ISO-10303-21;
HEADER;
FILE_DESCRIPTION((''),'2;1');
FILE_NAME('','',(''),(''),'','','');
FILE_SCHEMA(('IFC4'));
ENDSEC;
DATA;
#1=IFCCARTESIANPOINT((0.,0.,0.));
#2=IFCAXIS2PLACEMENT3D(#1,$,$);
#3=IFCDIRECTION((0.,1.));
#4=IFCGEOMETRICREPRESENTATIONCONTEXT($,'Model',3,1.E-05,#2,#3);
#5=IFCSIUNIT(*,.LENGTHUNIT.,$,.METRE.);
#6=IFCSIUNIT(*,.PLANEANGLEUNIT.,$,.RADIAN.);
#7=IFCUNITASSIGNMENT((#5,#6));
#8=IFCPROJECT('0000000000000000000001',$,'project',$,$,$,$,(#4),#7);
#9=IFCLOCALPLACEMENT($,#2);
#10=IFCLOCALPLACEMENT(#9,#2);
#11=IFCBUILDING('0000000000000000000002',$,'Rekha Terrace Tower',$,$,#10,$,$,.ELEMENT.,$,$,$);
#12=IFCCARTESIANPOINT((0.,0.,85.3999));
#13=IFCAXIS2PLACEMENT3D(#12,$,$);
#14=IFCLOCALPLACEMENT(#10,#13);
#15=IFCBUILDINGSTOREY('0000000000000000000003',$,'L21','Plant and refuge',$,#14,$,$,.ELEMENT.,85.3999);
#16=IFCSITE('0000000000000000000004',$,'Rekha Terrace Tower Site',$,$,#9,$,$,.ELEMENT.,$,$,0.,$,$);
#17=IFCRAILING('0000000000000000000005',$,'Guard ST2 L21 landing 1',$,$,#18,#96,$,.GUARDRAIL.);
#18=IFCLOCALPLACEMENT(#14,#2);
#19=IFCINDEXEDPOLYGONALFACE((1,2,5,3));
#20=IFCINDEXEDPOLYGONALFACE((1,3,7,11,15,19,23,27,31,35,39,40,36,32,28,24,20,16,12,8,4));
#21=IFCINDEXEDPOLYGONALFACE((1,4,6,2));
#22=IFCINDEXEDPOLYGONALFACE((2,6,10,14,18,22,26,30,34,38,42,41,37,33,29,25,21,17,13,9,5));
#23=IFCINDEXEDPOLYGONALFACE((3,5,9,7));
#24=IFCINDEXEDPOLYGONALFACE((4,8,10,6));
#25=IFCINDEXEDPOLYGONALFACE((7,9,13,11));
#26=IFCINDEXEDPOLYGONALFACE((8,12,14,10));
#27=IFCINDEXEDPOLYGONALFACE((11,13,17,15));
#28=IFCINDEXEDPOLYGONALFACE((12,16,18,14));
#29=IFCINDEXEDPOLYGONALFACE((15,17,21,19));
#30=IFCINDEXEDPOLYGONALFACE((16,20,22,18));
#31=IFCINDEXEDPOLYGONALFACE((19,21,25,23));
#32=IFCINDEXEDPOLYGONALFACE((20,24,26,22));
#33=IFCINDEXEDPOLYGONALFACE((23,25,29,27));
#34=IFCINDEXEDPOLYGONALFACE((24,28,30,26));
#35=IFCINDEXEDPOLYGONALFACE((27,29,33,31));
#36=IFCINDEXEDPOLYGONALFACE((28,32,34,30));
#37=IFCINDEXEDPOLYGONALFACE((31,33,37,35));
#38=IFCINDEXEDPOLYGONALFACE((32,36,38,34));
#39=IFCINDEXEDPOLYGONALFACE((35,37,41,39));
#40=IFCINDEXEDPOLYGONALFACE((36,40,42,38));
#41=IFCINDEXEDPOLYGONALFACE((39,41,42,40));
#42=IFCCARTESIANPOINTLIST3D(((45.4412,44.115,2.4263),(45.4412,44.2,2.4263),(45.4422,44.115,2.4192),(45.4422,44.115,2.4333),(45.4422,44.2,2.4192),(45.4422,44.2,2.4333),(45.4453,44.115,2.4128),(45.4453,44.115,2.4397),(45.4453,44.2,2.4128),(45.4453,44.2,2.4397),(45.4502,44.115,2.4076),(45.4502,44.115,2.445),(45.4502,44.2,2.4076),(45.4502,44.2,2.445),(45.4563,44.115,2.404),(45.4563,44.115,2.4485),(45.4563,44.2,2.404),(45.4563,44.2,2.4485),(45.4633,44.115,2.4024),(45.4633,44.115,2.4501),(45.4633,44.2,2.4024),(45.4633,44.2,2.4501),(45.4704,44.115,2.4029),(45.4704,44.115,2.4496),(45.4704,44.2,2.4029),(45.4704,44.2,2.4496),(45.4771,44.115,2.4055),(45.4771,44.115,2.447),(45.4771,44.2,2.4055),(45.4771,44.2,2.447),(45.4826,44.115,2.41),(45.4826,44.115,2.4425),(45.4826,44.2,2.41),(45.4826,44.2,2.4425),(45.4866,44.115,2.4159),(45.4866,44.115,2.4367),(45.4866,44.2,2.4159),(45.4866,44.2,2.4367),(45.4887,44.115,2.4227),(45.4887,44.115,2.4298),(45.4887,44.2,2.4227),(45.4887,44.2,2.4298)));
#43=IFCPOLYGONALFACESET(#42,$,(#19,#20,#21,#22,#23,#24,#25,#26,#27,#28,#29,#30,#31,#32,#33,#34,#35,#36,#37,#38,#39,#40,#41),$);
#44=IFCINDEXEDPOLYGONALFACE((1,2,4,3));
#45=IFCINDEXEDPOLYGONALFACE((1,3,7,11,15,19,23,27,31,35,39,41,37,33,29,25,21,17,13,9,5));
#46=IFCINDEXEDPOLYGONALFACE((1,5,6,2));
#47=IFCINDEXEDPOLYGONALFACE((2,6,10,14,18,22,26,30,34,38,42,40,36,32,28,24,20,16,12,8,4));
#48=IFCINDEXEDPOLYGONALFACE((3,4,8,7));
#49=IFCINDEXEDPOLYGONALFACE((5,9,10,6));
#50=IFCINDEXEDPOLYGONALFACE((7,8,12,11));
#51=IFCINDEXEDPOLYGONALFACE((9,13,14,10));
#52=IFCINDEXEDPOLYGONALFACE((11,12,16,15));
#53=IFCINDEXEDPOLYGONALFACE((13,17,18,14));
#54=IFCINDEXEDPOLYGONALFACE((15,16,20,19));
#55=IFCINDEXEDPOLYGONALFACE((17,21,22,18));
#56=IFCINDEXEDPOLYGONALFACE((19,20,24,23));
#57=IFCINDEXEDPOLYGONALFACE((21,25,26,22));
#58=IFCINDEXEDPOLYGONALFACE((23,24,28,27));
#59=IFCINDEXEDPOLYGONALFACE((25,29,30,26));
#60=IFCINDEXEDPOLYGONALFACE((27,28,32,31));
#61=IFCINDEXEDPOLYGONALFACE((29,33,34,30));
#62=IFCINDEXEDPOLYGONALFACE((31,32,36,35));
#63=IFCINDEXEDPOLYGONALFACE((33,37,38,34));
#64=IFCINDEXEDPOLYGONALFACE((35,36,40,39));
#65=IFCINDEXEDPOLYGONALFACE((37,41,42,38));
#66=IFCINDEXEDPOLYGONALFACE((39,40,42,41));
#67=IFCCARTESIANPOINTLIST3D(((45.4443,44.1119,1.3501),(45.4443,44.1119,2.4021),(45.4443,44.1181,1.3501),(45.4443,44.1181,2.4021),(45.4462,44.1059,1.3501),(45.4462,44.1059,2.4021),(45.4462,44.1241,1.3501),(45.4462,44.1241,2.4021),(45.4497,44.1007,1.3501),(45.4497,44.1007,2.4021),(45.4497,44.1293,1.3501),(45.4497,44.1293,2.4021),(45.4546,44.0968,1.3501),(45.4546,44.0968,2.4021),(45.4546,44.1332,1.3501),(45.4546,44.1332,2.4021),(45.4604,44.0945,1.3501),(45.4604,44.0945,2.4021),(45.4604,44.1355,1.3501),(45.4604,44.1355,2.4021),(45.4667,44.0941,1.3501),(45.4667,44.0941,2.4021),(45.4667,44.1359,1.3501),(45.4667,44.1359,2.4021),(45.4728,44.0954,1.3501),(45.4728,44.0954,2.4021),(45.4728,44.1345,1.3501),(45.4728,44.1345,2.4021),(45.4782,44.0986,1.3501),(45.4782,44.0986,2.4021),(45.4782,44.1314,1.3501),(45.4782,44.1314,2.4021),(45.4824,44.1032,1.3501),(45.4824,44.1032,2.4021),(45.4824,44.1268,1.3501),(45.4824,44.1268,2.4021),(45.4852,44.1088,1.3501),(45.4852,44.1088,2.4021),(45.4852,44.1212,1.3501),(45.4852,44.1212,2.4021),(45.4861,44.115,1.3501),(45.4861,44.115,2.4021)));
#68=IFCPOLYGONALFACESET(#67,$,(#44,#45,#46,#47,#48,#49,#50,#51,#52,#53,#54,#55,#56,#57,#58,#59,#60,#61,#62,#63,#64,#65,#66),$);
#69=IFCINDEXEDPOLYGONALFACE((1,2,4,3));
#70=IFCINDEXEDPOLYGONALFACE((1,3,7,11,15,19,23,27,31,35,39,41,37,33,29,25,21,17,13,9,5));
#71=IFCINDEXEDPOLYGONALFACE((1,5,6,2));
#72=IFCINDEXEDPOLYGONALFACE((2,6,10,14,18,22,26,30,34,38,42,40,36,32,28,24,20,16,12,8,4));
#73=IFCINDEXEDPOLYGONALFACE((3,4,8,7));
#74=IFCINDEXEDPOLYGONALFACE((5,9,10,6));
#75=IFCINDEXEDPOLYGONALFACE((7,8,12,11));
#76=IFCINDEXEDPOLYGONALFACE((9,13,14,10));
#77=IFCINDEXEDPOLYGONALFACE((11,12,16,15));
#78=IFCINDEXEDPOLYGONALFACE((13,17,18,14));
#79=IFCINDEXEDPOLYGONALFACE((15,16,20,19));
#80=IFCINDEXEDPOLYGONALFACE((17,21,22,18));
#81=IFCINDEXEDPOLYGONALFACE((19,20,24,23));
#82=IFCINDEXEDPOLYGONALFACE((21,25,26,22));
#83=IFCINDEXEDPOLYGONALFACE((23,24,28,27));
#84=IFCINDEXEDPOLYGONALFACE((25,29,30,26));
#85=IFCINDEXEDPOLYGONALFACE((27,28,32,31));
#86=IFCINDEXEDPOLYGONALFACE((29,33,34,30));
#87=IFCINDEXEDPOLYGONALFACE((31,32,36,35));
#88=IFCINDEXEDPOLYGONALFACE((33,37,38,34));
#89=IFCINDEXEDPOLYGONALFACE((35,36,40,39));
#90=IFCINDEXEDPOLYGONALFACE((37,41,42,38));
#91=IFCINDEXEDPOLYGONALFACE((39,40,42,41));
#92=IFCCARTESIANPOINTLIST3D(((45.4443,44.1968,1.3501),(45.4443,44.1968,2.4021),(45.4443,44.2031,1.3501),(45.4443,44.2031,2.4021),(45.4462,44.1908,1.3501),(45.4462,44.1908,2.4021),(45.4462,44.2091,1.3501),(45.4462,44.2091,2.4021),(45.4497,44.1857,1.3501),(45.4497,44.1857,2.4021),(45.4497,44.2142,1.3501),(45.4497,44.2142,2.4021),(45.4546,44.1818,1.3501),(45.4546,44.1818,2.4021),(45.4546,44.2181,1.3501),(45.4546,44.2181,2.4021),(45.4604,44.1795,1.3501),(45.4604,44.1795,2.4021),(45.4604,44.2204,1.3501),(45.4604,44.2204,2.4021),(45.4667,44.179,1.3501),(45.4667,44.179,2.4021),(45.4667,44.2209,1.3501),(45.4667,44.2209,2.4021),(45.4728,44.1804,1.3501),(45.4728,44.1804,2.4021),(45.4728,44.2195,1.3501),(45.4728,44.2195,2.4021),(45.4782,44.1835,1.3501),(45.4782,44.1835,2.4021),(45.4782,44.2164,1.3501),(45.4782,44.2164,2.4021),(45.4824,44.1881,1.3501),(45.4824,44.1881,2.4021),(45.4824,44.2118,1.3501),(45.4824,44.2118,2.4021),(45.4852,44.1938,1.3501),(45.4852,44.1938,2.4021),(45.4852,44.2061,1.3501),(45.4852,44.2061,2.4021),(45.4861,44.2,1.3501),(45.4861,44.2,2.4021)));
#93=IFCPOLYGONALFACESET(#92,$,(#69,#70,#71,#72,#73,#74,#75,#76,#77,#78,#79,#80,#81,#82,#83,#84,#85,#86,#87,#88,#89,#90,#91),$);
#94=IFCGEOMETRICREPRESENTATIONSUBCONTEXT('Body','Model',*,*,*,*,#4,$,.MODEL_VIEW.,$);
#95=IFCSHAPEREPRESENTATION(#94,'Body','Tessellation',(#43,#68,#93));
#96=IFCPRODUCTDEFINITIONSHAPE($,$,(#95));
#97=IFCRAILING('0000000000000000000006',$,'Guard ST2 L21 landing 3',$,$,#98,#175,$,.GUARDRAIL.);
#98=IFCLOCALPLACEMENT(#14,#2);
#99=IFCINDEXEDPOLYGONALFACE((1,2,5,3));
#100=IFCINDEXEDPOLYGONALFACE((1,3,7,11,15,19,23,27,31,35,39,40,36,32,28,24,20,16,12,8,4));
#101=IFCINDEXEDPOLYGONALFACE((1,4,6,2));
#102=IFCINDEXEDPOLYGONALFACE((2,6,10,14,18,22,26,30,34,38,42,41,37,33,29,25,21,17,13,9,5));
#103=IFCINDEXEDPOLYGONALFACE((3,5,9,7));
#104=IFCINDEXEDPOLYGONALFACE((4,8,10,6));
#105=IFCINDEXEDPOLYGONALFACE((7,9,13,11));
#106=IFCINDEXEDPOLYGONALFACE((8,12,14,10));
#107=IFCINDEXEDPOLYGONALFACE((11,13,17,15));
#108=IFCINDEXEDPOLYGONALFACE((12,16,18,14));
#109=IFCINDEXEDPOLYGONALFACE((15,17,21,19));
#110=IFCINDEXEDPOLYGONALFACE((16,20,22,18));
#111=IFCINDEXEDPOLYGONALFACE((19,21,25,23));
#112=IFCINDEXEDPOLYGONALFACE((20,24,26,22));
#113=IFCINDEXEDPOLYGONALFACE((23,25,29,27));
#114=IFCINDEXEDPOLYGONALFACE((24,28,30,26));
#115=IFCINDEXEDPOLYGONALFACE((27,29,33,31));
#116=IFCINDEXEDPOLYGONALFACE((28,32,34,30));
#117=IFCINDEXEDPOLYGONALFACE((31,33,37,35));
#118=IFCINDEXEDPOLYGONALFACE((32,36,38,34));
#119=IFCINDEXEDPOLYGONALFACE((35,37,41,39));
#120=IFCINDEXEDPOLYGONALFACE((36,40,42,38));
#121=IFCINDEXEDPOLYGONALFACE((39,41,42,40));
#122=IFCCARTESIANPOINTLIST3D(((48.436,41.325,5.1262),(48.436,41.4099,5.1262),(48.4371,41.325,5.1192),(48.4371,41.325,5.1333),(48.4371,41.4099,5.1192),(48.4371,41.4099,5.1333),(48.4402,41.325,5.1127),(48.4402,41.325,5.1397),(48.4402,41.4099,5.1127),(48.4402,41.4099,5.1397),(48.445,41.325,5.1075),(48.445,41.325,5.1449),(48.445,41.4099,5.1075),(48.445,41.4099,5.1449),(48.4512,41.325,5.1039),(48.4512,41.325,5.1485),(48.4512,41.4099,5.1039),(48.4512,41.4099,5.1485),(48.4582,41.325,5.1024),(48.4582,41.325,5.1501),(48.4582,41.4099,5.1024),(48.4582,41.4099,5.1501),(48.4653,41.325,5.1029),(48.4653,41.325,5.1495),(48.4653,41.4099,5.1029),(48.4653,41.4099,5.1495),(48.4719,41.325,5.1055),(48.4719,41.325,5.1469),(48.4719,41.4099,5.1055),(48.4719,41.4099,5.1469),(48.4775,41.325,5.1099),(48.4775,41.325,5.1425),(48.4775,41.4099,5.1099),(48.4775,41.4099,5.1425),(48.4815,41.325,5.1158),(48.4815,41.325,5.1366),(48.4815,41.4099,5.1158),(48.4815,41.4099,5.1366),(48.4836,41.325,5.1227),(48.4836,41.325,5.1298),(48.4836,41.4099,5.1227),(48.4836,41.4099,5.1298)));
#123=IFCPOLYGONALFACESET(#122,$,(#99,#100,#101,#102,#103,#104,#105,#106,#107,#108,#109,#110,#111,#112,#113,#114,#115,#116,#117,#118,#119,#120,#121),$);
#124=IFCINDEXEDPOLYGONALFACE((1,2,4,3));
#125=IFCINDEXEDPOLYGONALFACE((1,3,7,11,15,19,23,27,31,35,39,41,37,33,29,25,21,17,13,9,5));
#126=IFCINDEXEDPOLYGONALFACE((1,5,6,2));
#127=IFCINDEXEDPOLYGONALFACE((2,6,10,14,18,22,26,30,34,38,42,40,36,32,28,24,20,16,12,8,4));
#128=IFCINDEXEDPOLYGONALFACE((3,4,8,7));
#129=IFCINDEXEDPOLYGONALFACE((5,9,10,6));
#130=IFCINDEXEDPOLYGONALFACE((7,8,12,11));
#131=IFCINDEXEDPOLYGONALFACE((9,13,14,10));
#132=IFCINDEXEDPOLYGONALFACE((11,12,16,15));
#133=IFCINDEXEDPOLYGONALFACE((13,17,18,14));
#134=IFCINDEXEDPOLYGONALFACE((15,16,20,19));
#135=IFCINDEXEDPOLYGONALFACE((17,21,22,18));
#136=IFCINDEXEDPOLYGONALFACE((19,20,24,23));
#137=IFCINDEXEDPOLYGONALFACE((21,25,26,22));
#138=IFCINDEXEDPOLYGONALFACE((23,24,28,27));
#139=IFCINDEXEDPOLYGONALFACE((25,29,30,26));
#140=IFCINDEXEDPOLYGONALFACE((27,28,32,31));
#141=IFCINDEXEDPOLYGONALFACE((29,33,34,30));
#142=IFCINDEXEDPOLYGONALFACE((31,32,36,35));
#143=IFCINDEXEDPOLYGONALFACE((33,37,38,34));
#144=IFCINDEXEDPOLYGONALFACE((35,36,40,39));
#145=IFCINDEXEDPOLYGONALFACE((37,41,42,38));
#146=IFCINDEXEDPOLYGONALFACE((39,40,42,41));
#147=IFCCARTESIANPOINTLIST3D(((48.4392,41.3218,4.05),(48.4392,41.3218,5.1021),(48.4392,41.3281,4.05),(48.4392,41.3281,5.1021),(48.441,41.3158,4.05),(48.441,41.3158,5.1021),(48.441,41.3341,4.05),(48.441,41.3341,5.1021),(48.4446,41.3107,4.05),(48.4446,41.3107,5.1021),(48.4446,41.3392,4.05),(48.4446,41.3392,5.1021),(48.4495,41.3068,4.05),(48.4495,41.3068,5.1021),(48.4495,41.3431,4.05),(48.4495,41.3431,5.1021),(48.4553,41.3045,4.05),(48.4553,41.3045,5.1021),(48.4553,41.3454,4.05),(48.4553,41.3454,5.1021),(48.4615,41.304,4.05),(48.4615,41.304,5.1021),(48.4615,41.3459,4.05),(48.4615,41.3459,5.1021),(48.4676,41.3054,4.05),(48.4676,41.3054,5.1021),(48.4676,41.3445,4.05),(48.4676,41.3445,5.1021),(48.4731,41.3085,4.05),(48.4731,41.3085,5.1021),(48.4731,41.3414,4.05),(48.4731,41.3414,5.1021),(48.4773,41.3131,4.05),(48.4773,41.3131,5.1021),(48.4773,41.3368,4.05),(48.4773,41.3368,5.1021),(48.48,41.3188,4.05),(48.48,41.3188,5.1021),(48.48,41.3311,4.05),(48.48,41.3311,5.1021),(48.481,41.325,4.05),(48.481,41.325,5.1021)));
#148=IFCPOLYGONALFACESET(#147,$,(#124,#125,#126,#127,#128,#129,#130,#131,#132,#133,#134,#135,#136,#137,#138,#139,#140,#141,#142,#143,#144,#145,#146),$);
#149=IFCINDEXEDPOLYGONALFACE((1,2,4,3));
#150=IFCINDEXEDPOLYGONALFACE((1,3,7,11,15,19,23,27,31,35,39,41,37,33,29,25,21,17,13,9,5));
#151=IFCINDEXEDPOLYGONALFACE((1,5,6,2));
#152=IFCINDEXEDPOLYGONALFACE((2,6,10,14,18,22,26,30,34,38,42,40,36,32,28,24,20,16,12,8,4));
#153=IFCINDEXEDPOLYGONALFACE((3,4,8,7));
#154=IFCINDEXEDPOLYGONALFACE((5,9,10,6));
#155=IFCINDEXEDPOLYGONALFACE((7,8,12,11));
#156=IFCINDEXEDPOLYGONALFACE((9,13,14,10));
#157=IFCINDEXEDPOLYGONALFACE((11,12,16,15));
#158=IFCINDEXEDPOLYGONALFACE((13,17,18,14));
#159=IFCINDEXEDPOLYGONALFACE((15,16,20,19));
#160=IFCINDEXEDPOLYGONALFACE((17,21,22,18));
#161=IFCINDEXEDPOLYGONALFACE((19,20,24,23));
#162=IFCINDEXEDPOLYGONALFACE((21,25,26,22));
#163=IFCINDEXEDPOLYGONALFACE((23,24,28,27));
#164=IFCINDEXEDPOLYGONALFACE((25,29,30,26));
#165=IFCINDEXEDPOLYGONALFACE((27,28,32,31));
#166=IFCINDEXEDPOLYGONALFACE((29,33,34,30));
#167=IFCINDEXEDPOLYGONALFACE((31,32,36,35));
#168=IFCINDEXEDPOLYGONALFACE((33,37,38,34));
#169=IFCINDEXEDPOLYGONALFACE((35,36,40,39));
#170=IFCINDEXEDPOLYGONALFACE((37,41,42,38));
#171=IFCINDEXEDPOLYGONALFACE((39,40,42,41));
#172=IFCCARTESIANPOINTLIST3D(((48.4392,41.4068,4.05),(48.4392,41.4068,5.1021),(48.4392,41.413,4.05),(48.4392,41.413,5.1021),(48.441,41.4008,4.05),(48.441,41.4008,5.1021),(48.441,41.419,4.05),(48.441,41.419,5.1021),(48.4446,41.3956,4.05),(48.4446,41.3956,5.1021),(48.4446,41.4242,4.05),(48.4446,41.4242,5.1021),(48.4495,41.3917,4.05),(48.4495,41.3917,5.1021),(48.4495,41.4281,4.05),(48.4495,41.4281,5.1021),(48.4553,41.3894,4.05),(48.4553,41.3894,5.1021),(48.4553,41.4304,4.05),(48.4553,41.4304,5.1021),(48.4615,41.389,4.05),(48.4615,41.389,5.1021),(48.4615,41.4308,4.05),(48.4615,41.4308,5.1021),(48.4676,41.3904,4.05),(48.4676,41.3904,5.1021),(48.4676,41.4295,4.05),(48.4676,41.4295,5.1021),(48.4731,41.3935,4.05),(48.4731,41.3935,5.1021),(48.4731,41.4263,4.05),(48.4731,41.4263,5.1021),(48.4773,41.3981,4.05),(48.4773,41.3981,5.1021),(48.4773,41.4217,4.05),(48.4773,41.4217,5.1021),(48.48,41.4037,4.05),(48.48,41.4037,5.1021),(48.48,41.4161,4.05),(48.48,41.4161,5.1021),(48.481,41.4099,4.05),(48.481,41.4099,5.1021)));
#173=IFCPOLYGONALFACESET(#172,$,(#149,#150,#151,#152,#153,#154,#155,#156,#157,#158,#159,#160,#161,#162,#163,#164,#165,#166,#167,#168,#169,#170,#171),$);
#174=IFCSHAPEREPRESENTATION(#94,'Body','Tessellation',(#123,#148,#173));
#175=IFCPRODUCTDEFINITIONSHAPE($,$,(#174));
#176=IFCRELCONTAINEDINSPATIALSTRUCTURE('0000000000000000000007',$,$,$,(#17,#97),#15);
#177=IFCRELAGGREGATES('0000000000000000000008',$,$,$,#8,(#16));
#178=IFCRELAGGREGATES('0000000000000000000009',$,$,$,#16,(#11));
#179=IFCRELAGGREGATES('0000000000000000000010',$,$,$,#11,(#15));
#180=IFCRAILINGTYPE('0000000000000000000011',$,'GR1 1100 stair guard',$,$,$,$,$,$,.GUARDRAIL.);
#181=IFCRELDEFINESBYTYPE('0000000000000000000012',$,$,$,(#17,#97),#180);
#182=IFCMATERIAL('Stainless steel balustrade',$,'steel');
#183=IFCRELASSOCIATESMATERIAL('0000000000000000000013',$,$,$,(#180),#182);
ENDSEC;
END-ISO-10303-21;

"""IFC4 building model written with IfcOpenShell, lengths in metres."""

from ifc_helpers import new_model, si_unit, direction, frame, origin, origin_2d, place, context, subcontext, project, spatial, circle, extrude, material, type_object, element, save


model = new_model("IFC4")

# Units and contexts
model_context = context("Model", 3, precision=1e-05, world=origin(), true_north=direction((0.0, 1.0)))
body_context = subcontext(model_context, "Body", "Model", "MODEL_VIEW")
ifc_project = project(units=[si_unit("LENGTHUNIT", "METRE"), si_unit("PLANEANGLEUNIT", "RADIAN")], contexts=[model_context])

# Site, building, storey
site_placement = place(None, origin())
site = spatial("IfcSite", under=ifc_project, at=site_placement, Name="Rekha Terrace Tower Site", CompositionType="ELEMENT", RefElevation=0.0)
building_placement = place(site_placement, origin())
building = spatial("IfcBuilding", under=site, at=building_placement, Name="Rekha Terrace Tower", CompositionType="ELEMENT")
storey_placement = place(building_placement, frame((0.0, 0.0, 85.3999)))
storey = spatial("IfcBuildingStorey", under=building, at=storey_placement, Name="L21", Description="Plant and refuge", CompositionType="ELEMENT", Elevation=85.3999)

# Railings
ifc_material_1 = material(Name="Stainless steel balustrade", Category="steel")
railing_type_1 = type_object("IfcRailingType", Name="GR1 1100 stair guard", PredefinedType="GUARDRAIL", material=ifc_material_1)
for number, where, name in (
    (1, (45.4651, 44.115, 1.3501), "Guard ST2 L21 landing 1"),
    (2, (48.46, 41.325, 4.05), "Guard ST2 L21 landing 3"),
):
    element("IfcRailing", number, at=place(storey_placement, frame(where)), inside=storey, type_object=railing_type_1, Name=name, PredefinedType="GUARDRAIL", context=body_context, shape_type="SweptSolid", body=[
        extrude(circle(Radius=0.0239, at=origin_2d()), frame((0.0, 0.0, 1.0762), z_axis=(0.0, 1.0, 0.0), x_axis=(-1.0, 0.0, 0.0)), (0.0, 0.0, 1.0), 0.085),
        extrude(circle(Radius=0.021, at=origin_2d()), origin(), (0.0, 0.0, 1.0), 1.052),
        extrude(circle(Radius=0.021, at=origin_2d()), frame((0.0, 0.085, 0.0)), (0.0, 0.0, 1.0), 1.052),
    ])

save(model, "model.ifc")
